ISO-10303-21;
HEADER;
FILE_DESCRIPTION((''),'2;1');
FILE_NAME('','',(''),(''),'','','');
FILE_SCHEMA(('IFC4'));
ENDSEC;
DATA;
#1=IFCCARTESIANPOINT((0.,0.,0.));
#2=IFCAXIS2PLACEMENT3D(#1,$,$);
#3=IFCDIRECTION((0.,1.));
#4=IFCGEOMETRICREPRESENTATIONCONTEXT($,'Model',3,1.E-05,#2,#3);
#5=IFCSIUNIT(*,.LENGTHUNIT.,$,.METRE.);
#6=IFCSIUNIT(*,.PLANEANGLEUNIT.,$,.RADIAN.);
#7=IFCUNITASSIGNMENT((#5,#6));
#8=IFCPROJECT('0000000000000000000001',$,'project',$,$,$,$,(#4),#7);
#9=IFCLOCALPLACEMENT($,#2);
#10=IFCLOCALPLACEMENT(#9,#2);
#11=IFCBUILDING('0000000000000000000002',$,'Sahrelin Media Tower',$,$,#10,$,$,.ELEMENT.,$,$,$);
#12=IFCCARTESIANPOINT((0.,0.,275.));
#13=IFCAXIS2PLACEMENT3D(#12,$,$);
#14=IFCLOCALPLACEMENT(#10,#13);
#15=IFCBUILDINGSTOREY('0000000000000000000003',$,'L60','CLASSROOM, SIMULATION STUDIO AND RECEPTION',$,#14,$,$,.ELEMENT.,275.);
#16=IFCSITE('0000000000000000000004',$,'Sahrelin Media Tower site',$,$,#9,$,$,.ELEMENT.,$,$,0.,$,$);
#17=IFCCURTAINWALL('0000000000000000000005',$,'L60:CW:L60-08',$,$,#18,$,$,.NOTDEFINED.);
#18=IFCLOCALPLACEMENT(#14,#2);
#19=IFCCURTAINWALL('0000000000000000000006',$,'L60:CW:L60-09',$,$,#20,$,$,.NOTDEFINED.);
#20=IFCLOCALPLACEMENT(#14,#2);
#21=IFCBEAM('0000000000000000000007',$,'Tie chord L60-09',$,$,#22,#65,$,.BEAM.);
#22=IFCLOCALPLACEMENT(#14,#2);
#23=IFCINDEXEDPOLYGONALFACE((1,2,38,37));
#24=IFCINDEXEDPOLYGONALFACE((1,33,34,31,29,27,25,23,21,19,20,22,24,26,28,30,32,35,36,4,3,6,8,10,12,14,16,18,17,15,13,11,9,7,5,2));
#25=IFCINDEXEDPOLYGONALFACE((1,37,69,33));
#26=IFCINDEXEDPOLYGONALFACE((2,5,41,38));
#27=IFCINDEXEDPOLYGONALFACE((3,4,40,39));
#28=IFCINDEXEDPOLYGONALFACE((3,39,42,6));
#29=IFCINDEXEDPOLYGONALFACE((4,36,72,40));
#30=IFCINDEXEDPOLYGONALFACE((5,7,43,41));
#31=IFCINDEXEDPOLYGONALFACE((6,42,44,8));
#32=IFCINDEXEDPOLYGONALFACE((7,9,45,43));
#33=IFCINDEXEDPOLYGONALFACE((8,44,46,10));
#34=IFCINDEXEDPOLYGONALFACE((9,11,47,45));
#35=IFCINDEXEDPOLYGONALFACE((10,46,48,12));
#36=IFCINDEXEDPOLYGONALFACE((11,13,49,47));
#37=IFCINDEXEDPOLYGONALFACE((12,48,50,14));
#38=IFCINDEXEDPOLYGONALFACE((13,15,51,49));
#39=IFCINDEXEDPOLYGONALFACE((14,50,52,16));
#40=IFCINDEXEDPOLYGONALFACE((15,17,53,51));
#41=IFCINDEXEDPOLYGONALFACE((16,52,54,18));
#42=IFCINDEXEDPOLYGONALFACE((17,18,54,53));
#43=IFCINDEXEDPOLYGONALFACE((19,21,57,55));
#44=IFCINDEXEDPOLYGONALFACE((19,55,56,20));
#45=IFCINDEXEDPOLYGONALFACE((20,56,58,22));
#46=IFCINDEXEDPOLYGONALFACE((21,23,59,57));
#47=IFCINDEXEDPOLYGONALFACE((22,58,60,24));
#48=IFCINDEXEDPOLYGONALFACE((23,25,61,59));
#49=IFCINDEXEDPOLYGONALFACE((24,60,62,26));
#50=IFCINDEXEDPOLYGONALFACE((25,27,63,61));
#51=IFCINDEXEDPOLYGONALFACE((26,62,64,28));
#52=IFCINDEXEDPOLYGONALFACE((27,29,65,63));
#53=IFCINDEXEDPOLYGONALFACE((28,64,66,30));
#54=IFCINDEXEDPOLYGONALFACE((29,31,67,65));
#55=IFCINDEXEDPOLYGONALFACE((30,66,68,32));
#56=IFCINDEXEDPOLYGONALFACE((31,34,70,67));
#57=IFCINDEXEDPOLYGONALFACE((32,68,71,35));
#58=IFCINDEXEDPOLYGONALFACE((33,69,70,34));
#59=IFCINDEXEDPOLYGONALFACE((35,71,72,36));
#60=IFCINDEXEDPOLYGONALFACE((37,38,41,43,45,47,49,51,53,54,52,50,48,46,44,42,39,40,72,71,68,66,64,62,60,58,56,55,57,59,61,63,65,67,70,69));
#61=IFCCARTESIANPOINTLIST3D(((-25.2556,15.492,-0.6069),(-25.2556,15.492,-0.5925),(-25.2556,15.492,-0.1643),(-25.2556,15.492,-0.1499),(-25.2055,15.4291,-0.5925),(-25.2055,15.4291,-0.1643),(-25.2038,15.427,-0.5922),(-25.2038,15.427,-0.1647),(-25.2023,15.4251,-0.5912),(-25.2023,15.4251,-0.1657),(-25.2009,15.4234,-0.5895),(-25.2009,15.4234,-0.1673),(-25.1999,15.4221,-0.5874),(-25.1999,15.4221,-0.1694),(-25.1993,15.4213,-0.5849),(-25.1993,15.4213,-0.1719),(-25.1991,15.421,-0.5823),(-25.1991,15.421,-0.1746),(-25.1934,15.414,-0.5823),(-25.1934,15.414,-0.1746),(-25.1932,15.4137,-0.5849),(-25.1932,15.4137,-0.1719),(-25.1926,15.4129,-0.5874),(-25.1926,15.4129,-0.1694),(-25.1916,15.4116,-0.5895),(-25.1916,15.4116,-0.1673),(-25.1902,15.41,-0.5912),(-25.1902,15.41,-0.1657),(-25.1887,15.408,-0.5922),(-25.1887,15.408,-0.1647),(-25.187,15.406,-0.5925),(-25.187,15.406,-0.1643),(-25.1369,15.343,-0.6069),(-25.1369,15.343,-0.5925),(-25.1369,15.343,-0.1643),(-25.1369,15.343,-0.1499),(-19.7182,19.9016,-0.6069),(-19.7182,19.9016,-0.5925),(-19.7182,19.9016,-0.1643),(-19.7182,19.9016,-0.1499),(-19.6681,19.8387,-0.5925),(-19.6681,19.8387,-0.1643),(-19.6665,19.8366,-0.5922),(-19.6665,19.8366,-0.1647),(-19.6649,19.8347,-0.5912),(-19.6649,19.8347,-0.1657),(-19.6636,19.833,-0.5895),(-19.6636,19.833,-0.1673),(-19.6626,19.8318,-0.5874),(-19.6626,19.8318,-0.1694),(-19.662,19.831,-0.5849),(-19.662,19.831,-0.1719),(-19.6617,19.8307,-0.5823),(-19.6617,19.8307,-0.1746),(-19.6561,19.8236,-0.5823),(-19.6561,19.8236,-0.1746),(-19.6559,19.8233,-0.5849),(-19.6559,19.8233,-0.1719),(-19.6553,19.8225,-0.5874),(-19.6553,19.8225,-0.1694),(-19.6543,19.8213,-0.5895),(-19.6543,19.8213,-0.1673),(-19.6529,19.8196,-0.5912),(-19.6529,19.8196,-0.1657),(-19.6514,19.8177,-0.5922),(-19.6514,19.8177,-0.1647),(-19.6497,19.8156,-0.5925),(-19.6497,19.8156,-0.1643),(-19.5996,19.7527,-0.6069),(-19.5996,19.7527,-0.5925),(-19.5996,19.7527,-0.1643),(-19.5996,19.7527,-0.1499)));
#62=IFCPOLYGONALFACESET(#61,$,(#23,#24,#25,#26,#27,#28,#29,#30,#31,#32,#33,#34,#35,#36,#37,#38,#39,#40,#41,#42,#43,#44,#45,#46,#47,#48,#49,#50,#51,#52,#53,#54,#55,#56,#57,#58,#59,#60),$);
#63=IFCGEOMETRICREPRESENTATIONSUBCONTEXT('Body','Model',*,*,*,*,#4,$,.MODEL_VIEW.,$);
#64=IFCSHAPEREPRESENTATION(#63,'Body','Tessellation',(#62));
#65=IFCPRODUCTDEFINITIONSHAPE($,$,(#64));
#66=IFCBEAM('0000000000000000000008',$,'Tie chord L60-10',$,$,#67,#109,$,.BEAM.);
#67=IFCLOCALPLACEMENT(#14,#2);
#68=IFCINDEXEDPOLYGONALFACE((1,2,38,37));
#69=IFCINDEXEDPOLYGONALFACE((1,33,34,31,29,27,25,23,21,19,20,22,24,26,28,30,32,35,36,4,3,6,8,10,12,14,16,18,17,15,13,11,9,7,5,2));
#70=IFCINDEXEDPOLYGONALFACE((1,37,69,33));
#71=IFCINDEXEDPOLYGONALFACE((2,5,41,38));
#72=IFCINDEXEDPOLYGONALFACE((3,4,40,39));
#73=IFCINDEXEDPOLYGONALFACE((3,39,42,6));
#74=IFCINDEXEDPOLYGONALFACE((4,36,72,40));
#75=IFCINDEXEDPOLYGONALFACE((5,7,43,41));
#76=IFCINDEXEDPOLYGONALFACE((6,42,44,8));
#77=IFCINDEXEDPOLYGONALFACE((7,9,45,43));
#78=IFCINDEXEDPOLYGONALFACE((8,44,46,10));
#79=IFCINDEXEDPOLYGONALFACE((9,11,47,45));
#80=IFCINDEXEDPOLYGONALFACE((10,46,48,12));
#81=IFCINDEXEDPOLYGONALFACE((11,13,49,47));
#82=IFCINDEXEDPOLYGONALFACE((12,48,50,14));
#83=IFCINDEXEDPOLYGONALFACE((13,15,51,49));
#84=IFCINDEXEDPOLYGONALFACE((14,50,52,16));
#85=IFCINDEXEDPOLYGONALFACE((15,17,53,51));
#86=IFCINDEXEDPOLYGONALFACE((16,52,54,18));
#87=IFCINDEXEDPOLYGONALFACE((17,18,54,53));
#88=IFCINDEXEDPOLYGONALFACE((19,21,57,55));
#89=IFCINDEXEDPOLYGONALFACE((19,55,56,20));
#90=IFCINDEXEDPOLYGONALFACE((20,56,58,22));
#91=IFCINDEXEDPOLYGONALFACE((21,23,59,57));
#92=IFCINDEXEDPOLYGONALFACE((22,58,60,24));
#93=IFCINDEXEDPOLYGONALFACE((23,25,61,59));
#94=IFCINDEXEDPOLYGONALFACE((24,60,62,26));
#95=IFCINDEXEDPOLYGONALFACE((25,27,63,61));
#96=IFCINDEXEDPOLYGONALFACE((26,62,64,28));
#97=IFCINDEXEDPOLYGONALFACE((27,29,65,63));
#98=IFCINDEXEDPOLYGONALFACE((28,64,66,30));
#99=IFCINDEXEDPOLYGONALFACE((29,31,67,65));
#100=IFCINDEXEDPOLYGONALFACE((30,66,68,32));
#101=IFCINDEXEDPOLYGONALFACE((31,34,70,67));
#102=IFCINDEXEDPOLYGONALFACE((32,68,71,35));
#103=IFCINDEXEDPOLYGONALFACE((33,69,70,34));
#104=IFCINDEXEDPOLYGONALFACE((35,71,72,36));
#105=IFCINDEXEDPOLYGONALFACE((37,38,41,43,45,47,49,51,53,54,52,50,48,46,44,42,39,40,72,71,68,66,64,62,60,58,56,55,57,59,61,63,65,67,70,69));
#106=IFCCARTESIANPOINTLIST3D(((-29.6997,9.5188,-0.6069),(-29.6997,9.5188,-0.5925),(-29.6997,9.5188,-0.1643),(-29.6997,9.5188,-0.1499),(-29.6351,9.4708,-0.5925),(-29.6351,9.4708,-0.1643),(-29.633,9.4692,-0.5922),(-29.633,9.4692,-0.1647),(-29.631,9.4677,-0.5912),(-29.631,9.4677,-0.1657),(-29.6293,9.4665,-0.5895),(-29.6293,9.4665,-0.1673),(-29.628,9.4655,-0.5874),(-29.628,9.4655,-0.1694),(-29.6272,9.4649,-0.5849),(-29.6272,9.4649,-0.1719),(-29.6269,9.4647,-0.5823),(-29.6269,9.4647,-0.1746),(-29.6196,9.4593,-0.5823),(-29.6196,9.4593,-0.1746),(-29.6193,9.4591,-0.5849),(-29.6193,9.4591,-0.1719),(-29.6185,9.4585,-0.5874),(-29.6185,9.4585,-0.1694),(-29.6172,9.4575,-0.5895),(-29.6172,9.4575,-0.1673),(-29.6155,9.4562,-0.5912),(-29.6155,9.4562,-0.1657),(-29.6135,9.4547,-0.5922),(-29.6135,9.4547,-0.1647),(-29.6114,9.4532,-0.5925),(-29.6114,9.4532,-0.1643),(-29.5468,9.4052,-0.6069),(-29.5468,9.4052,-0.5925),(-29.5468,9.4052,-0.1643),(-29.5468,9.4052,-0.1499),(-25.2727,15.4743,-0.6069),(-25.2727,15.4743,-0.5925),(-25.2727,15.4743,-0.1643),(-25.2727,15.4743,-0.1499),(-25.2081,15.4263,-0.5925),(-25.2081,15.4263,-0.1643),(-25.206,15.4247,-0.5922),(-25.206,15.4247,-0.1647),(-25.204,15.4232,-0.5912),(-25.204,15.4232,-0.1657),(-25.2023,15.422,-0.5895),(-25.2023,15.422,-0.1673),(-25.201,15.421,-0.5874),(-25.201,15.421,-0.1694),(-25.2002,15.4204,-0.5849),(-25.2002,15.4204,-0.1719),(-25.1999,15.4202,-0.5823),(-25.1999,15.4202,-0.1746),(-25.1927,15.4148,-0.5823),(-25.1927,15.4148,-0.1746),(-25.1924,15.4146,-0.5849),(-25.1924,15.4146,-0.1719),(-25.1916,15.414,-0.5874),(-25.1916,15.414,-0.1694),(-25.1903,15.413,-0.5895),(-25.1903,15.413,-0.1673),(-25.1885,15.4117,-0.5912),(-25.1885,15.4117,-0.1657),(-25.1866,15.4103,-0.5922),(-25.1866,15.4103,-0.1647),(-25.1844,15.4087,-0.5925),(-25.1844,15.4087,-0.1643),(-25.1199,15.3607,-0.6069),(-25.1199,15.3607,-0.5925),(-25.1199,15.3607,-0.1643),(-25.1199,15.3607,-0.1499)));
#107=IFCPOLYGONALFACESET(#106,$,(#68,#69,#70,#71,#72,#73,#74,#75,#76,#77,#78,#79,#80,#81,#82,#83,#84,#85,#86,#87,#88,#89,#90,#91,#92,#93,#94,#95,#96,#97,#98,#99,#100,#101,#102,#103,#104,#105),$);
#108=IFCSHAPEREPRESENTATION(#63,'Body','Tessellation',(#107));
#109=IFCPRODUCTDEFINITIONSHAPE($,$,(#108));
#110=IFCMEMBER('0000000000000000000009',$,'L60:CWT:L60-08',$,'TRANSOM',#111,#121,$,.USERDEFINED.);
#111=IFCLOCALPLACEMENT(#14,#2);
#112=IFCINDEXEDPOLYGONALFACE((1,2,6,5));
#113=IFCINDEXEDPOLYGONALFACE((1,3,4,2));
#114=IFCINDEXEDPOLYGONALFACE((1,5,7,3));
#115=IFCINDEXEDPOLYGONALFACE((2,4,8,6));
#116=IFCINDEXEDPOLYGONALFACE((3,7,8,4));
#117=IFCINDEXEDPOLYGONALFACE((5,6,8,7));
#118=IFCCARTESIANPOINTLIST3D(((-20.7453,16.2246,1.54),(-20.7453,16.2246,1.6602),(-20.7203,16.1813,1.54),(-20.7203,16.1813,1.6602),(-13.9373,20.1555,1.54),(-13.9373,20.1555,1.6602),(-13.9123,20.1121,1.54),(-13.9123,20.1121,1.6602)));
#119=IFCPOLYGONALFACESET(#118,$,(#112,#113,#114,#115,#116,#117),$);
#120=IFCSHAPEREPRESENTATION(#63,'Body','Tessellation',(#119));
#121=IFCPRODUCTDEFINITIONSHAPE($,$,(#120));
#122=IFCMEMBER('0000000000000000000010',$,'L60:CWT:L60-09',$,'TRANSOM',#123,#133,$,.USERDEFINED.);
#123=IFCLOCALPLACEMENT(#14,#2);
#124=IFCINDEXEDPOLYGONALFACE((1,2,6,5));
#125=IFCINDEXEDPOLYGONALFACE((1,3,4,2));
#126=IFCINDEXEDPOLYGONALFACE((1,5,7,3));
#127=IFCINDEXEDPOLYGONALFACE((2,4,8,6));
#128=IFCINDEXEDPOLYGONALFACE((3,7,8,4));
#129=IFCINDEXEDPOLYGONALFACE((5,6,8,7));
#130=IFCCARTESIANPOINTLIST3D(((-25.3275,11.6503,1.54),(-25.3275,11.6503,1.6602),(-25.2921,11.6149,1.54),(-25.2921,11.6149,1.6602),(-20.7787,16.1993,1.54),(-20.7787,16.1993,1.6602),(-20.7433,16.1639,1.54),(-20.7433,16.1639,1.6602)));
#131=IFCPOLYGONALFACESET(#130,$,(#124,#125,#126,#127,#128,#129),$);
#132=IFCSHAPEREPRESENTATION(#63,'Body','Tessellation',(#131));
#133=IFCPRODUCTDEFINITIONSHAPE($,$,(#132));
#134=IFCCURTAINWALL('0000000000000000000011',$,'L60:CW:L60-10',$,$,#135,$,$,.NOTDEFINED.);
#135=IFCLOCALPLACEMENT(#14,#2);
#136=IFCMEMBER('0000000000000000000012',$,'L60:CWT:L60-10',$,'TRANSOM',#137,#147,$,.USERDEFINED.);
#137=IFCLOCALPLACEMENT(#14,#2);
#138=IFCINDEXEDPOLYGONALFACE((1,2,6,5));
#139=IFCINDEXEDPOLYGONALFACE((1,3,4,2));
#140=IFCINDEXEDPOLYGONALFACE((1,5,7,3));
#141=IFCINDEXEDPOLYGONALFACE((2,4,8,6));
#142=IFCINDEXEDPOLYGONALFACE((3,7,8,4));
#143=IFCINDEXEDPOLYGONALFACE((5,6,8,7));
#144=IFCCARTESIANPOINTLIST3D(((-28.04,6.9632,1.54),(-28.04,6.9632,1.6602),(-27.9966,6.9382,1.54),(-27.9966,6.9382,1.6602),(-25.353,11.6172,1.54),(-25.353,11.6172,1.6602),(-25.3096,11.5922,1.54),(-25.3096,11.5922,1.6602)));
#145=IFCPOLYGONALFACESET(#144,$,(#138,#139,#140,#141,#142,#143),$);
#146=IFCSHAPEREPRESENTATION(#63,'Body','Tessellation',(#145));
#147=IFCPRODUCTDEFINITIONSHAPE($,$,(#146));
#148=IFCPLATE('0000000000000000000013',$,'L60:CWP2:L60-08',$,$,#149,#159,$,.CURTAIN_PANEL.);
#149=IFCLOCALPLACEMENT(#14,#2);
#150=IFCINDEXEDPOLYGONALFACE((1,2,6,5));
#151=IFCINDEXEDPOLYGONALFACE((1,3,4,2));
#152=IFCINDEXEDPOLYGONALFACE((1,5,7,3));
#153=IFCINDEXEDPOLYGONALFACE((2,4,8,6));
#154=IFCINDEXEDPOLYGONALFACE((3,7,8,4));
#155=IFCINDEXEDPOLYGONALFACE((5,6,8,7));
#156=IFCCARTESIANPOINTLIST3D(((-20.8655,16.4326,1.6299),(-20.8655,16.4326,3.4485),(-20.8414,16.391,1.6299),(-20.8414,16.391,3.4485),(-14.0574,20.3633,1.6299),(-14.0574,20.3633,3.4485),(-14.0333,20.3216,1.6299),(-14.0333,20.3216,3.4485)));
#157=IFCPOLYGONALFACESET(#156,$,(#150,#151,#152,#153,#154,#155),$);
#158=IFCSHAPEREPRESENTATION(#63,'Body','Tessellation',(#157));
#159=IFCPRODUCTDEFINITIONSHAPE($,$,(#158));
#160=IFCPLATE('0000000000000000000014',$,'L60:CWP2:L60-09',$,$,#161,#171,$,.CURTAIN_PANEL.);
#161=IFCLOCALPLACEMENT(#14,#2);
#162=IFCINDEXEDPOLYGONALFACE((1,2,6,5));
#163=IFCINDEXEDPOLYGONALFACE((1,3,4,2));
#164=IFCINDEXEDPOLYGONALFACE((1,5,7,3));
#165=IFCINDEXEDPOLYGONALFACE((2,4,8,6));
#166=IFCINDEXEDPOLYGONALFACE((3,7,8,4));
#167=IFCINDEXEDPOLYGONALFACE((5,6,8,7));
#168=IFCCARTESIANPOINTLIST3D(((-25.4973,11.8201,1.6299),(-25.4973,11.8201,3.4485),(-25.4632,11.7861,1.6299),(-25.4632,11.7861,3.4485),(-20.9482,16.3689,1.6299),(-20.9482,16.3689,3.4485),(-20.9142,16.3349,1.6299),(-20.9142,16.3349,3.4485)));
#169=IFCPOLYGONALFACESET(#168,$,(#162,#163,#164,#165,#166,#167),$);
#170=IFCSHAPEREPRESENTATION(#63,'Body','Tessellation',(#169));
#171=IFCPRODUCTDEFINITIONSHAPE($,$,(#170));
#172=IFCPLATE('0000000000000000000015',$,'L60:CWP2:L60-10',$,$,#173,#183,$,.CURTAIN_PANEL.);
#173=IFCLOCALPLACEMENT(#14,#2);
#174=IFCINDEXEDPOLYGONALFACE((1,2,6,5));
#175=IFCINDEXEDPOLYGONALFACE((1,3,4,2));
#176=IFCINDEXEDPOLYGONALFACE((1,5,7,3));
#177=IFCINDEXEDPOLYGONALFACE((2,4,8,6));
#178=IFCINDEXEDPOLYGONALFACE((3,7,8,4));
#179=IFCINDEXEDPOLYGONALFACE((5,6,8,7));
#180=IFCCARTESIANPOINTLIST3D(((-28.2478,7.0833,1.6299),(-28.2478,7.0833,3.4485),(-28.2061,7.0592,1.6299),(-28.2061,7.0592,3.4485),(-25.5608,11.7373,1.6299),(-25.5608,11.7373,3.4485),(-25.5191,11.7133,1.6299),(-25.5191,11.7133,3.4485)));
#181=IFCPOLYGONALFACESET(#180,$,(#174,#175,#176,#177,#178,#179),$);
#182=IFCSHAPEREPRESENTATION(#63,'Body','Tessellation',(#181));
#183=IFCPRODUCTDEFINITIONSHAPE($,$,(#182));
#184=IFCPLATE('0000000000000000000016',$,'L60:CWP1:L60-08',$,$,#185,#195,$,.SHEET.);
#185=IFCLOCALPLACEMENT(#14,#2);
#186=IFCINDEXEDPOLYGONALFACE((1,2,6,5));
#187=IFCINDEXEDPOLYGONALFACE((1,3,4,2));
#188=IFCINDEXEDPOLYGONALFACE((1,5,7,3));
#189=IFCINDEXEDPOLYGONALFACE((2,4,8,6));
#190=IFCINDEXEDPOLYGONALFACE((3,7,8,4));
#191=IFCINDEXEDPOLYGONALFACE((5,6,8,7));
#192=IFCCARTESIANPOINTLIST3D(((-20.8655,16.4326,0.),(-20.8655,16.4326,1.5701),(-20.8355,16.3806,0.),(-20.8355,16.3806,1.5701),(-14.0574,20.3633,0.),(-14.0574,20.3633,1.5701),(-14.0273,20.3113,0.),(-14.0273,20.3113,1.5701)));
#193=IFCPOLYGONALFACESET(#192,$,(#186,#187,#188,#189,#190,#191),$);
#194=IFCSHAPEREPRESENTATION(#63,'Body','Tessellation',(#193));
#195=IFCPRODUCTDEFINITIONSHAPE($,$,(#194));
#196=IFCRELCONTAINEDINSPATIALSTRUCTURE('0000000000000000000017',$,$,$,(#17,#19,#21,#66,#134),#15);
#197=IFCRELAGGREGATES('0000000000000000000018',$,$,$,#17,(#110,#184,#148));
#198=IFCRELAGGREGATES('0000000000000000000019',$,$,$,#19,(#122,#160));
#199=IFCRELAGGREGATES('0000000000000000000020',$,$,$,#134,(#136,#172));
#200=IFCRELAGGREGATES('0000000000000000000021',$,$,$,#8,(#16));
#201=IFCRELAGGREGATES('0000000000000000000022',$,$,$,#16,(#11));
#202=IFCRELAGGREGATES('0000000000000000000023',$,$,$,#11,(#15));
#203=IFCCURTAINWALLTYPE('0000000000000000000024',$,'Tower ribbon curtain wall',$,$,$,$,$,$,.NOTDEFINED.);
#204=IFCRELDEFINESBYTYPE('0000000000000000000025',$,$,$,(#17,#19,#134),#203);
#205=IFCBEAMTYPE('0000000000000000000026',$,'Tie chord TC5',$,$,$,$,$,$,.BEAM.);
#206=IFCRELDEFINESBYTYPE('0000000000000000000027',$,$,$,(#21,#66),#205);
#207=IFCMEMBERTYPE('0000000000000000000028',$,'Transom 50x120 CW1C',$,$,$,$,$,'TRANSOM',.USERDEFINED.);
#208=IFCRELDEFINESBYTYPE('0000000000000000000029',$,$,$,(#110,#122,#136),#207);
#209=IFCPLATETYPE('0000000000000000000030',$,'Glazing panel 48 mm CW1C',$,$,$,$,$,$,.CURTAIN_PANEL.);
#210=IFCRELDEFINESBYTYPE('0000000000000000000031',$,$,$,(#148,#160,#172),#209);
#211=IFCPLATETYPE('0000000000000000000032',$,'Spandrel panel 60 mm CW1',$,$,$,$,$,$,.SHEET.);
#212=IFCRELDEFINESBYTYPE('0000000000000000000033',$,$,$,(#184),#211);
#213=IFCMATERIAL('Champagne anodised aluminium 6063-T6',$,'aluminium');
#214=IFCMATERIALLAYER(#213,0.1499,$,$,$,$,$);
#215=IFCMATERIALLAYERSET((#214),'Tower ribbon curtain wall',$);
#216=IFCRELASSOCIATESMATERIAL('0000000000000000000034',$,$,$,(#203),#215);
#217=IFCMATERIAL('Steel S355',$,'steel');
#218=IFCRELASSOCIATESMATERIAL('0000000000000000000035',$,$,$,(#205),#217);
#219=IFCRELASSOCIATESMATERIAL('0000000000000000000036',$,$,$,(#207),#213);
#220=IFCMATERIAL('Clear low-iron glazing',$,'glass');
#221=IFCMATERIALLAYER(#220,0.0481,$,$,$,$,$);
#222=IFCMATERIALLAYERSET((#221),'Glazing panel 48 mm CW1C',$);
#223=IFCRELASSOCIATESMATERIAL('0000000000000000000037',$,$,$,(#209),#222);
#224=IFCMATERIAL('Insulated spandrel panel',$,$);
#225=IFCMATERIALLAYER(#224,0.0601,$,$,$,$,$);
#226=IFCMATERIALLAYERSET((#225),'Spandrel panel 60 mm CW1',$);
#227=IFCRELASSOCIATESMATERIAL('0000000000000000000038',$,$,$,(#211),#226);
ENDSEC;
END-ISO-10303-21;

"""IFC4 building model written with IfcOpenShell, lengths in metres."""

from ifc_helpers import new_model, si_unit, direction, frame, origin, origin_2d, place, context, subcontext, project, spatial, polyline, rectangle, i_section, outline, extrude, material, layer, layer_set, material_profile, profile_set, type_object, element, aggregate, save


model = new_model("IFC4")

# Units and contexts
model_context = context("Model", 3, precision=1e-05, world=origin(), true_north=direction((0.0, 1.0)))
body_context = subcontext(model_context, "Body", "Model", "MODEL_VIEW")
ifc_project = project(units=[si_unit("LENGTHUNIT", "METRE"), si_unit("PLANEANGLEUNIT", "RADIAN")], contexts=[model_context])

# Site, building, storey
site_placement = place(None, origin())
site = spatial("IfcSite", under=ifc_project, at=site_placement, Name="Sahrelin Media Tower site", CompositionType="ELEMENT", RefElevation=0.0)
building_placement = place(site_placement, origin())
building = spatial("IfcBuilding", under=site, at=building_placement, Name="Sahrelin Media Tower", CompositionType="ELEMENT")
storey_placement = place(building_placement, frame((0.0, 0.0, 275.0)))
storey = spatial("IfcBuildingStorey", under=building, at=storey_placement, Name="L60", Description="CLASSROOM, SIMULATION STUDIO AND RECEPTION", CompositionType="ELEMENT", Elevation=275.0)

# Shared definitions
ifc_material_1 = material(Name="Steel S355", Category="steel")

# Curtain walls
ifc_material_2 = material(Name="Champagne anodised aluminium 6063-T6", Category="aluminium")
ifc_layer_1 = layer(ifc_material_2, 0.1499)
ifc_layer_set_1 = layer_set([ifc_layer_1], Name="Tower ribbon curtain wall")
curtain_wall_type = type_object("IfcCurtainWallType", Name="Tower ribbon curtain wall", PredefinedType="NOTDEFINED", material=ifc_layer_set_1)
curtain_wall_1_placement = place(storey_placement, frame((-17.4514, 18.3806, 0.0), z_axis=(0.0, 0.0, 1.0), x_axis=(1.0, 0.0, 0.0)))
curtain_wall_1 = element("IfcCurtainWall", 1, at=curtain_wall_1_placement, inside=storey, type_object=curtain_wall_type, Name="L60:CW:L60-08", PredefinedType="NOTDEFINED")
curtain_wall_2_placement = place(storey_placement, frame((-23.2087, 14.0803, 0.0), z_axis=(0.0, 0.0, 1.0), x_axis=(1.0, 0.0, 0.0)))
curtain_wall_2 = element("IfcCurtainWall", 2, at=curtain_wall_2_placement, inside=storey, type_object=curtain_wall_type, Name="L60:CW:L60-09", PredefinedType="NOTDEFINED")

# Beams
ifc_material_profile_1 = material_profile(ifc_material_1, i_section(OverallWidth=0.1904, OverallDepth=0.457, WebThickness=0.009, FlangeThickness=0.0144, FilletRadius=0.0103, at=origin_2d()), Name="UB 457x191x74")
ifc_profile_set_1 = profile_set([ifc_material_profile_1], Name="Steel S355")
beam_type_1 = type_object("IfcBeamType", Name="Tie chord TC5", PredefinedType="BEAM", material=ifc_profile_set_1)
beam_1_placement = place(storey_placement, frame((-19.6589, 19.8271, -0.3784), z_axis=(-0.78226, -0.622952, 0.0), x_axis=(0.622952, -0.78226, 0.0)))
element("IfcBeam", 3, at=beam_1_placement, inside=storey, type_object=beam_type_1, Name="Tie chord L60-09", PredefinedType="BEAM", context=body_context, shape_type="SweptSolid", body=[
    extrude(i_section(OverallWidth=0.1904, OverallDepth=0.457, WebThickness=0.009, FlangeThickness=0.0144, FilletRadius=0.0103, at=origin_2d()), origin(), (0.0, 0.0, 1.0), 7.0786),
])
beam_2_placement = place(storey_placement, frame((-25.1963, 15.4175, -0.3784), z_axis=(-0.596573, -0.802559, 0.0), x_axis=(0.802559, -0.596573, 0.0)))
element("IfcBeam", 4, at=beam_2_placement, inside=storey, type_object=beam_type_1, Name="Tie chord L60-10", PredefinedType="BEAM", context=body_context, shape_type="SweptSolid", body=[
    extrude(i_section(OverallWidth=0.1904, OverallDepth=0.457, WebThickness=0.009, FlangeThickness=0.0144, FilletRadius=0.0103, at=origin_2d()), origin(), (0.0, 0.0, 1.0), 7.4207),
])

# Members
ifc_material_profile_2 = material_profile(ifc_material_2, rectangle(XDim=0.05, YDim=0.1201, at=origin_2d()), Name="Transom 50x120")
ifc_profile_set_2 = profile_set([ifc_material_profile_2], Name="Champagne anodised aluminium 6063-T6")
member_type_1 = type_object("IfcMemberType", Name="Transom 50x120 CW1C", ElementType="TRANSOM", PredefinedType="USERDEFINED", material=ifc_profile_set_2)
member_1_placement = place(storey_placement, frame((-13.9248, 20.1338, 1.6001), z_axis=(-0.866012, -0.500024, 0.0), x_axis=(0.500024, -0.866012, 0.0)))
member_1 = element("IfcMember", 5, at=member_1_placement, type_object=member_type_1, Name="L60:CWT:L60-08", ObjectType="TRANSOM", PredefinedType="USERDEFINED", context=body_context, shape_type="SweptSolid", body=[
    extrude(rectangle(XDim=0.05, YDim=0.1201, at=origin_2d()), origin(), (0.0, 0.0, 1.0), 7.8613),
])
member_2_placement = place(storey_placement, frame((-20.761, 16.1816, 1.6001), z_axis=(-0.707088, -0.707126, 0.0), x_axis=(0.707126, -0.707088, 0.0)))
member_2 = element("IfcMember", 6, at=member_2_placement, type_object=member_type_1, Name="L60:CWT:L60-09", ObjectType="TRANSOM", PredefinedType="USERDEFINED", context=body_context, shape_type="SweptSolid", body=[
    extrude(rectangle(XDim=0.05, YDim=0.1201, at=origin_2d()), origin(), (0.0, 0.0, 1.0), 6.4331),
])

# Curtain wall, member
curtain_wall_3_placement = place(storey_placement, frame((-26.887, 9.4001, 0.0), z_axis=(0.0, 0.0, 1.0), x_axis=(1.0, 0.0, 0.0)))
curtain_wall_3 = element("IfcCurtainWall", 7, at=curtain_wall_3_placement, inside=storey, type_object=curtain_wall_type, Name="L60:CW:L60-10", PredefinedType="NOTDEFINED")
member_3_placement = place(storey_placement, frame((-25.3313, 11.6047, 1.6001), z_axis=(-0.499999, -0.866026, 0.0), x_axis=(0.866026, -0.499999, 0.0)))
member_3 = element("IfcMember", 8, at=member_3_placement, type_object=member_type_1, Name="L60:CWT:L60-10", ObjectType="TRANSOM", PredefinedType="USERDEFINED", context=body_context, shape_type="SweptSolid", body=[
    extrude(rectangle(XDim=0.05, YDim=0.1201, at=origin_2d()), origin(), (0.0, 0.0, 1.0), 5.374),
])

# Plates
ifc_material_3 = material(Name="Clear low-iron glazing", Category="glass")
ifc_layer_2 = layer(ifc_material_3, 0.0481)
ifc_layer_set_2 = layer_set([ifc_layer_2], Name="Glazing panel 48 mm CW1C")
plate_type_1 = type_object("IfcPlateType", Name="Glazing panel 48 mm CW1C", PredefinedType="CURTAIN_PANEL", material=ifc_layer_set_2)
plate_1_placement = place(storey_placement, frame((-14.0574, 20.3633, 1.6299), z_axis=(-0.5, 0.866025, 0.0), x_axis=(-0.866025, -0.5, 0.0)))
plate_1 = element("IfcPlate", 9, at=plate_1_placement, type_object=plate_type_1, Name="L60:CWP2:L60-08", PredefinedType="CURTAIN_PANEL", context=body_context, shape_type="SweptSolid", body=[
    extrude(outline(polyline([(0.0, 0.0), (7.8613, 0.0), (7.8613, 1.8186), (0.0, 1.8186), (0.0, 0.0)])), origin(), (0.0, 0.0, -1.0), 0.0481),
])
plate_2_placement = place(storey_placement, frame((-20.9482, 16.3689, 1.6299), z_axis=(-0.707088, 0.707126, 0.0), x_axis=(-0.707126, -0.707088, 0.0)))
plate_2 = element("IfcPlate", 10, at=plate_2_placement, type_object=plate_type_1, Name="L60:CWP2:L60-09", PredefinedType="CURTAIN_PANEL", context=body_context, shape_type="SweptSolid", body=[
    extrude(outline(polyline([(0.0, 0.0), (6.4331, 0.0), (6.4331, 1.8186), (0.0, 1.8186), (0.0, 0.0)])), origin(), (0.0, 0.0, -1.0), 0.0481),
])
plate_3_placement = place(storey_placement, frame((-25.5608, 11.7373, 1.6299), z_axis=(-0.866026, 0.499999, 0.0), x_axis=(-0.499999, -0.866026, 0.0)))
plate_3 = element("IfcPlate", 11, at=plate_3_placement, type_object=plate_type_1, Name="L60:CWP2:L60-10", PredefinedType="CURTAIN_PANEL", context=body_context, shape_type="SweptSolid", body=[
    extrude(outline(polyline([(0.0, 0.0), (5.374, 0.0), (5.374, 1.8186), (0.0, 1.8186), (0.0, 0.0)])), origin(), (0.0, 0.0, -1.0), 0.0481),
])
ifc_material_4 = material(Name="Insulated spandrel panel")
ifc_layer_3 = layer(ifc_material_4, 0.0601)
ifc_layer_set_3 = layer_set([ifc_layer_3], Name="Spandrel panel 60 mm CW1")
plate_type_2 = type_object("IfcPlateType", Name="Spandrel panel 60 mm CW1", PredefinedType="SHEET", material=ifc_layer_set_3)
plate_4_placement = place(storey_placement, frame((-14.0574, 20.3633, 0.0), z_axis=(-0.5, 0.866025, 0.0), x_axis=(-0.866025, -0.5, 0.0)))
plate_4 = element("IfcPlate", 12, at=plate_4_placement, type_object=plate_type_2, Name="L60:CWP1:L60-08", PredefinedType="SHEET", context=body_context, shape_type="SweptSolid", body=[
    extrude(outline(polyline([(0.0, 0.0), (7.8613, 0.0), (7.8613, 1.5701), (0.0, 1.5701), (0.0, 0.0)])), origin(), (0.0, 0.0, -1.0), 0.0601),
])
aggregate(curtain_wall_1, [member_1, plate_4, plate_1])
aggregate(curtain_wall_2, [member_2, plate_2])
aggregate(curtain_wall_3, [member_3, plate_3])

save(model, "model.ifc")
